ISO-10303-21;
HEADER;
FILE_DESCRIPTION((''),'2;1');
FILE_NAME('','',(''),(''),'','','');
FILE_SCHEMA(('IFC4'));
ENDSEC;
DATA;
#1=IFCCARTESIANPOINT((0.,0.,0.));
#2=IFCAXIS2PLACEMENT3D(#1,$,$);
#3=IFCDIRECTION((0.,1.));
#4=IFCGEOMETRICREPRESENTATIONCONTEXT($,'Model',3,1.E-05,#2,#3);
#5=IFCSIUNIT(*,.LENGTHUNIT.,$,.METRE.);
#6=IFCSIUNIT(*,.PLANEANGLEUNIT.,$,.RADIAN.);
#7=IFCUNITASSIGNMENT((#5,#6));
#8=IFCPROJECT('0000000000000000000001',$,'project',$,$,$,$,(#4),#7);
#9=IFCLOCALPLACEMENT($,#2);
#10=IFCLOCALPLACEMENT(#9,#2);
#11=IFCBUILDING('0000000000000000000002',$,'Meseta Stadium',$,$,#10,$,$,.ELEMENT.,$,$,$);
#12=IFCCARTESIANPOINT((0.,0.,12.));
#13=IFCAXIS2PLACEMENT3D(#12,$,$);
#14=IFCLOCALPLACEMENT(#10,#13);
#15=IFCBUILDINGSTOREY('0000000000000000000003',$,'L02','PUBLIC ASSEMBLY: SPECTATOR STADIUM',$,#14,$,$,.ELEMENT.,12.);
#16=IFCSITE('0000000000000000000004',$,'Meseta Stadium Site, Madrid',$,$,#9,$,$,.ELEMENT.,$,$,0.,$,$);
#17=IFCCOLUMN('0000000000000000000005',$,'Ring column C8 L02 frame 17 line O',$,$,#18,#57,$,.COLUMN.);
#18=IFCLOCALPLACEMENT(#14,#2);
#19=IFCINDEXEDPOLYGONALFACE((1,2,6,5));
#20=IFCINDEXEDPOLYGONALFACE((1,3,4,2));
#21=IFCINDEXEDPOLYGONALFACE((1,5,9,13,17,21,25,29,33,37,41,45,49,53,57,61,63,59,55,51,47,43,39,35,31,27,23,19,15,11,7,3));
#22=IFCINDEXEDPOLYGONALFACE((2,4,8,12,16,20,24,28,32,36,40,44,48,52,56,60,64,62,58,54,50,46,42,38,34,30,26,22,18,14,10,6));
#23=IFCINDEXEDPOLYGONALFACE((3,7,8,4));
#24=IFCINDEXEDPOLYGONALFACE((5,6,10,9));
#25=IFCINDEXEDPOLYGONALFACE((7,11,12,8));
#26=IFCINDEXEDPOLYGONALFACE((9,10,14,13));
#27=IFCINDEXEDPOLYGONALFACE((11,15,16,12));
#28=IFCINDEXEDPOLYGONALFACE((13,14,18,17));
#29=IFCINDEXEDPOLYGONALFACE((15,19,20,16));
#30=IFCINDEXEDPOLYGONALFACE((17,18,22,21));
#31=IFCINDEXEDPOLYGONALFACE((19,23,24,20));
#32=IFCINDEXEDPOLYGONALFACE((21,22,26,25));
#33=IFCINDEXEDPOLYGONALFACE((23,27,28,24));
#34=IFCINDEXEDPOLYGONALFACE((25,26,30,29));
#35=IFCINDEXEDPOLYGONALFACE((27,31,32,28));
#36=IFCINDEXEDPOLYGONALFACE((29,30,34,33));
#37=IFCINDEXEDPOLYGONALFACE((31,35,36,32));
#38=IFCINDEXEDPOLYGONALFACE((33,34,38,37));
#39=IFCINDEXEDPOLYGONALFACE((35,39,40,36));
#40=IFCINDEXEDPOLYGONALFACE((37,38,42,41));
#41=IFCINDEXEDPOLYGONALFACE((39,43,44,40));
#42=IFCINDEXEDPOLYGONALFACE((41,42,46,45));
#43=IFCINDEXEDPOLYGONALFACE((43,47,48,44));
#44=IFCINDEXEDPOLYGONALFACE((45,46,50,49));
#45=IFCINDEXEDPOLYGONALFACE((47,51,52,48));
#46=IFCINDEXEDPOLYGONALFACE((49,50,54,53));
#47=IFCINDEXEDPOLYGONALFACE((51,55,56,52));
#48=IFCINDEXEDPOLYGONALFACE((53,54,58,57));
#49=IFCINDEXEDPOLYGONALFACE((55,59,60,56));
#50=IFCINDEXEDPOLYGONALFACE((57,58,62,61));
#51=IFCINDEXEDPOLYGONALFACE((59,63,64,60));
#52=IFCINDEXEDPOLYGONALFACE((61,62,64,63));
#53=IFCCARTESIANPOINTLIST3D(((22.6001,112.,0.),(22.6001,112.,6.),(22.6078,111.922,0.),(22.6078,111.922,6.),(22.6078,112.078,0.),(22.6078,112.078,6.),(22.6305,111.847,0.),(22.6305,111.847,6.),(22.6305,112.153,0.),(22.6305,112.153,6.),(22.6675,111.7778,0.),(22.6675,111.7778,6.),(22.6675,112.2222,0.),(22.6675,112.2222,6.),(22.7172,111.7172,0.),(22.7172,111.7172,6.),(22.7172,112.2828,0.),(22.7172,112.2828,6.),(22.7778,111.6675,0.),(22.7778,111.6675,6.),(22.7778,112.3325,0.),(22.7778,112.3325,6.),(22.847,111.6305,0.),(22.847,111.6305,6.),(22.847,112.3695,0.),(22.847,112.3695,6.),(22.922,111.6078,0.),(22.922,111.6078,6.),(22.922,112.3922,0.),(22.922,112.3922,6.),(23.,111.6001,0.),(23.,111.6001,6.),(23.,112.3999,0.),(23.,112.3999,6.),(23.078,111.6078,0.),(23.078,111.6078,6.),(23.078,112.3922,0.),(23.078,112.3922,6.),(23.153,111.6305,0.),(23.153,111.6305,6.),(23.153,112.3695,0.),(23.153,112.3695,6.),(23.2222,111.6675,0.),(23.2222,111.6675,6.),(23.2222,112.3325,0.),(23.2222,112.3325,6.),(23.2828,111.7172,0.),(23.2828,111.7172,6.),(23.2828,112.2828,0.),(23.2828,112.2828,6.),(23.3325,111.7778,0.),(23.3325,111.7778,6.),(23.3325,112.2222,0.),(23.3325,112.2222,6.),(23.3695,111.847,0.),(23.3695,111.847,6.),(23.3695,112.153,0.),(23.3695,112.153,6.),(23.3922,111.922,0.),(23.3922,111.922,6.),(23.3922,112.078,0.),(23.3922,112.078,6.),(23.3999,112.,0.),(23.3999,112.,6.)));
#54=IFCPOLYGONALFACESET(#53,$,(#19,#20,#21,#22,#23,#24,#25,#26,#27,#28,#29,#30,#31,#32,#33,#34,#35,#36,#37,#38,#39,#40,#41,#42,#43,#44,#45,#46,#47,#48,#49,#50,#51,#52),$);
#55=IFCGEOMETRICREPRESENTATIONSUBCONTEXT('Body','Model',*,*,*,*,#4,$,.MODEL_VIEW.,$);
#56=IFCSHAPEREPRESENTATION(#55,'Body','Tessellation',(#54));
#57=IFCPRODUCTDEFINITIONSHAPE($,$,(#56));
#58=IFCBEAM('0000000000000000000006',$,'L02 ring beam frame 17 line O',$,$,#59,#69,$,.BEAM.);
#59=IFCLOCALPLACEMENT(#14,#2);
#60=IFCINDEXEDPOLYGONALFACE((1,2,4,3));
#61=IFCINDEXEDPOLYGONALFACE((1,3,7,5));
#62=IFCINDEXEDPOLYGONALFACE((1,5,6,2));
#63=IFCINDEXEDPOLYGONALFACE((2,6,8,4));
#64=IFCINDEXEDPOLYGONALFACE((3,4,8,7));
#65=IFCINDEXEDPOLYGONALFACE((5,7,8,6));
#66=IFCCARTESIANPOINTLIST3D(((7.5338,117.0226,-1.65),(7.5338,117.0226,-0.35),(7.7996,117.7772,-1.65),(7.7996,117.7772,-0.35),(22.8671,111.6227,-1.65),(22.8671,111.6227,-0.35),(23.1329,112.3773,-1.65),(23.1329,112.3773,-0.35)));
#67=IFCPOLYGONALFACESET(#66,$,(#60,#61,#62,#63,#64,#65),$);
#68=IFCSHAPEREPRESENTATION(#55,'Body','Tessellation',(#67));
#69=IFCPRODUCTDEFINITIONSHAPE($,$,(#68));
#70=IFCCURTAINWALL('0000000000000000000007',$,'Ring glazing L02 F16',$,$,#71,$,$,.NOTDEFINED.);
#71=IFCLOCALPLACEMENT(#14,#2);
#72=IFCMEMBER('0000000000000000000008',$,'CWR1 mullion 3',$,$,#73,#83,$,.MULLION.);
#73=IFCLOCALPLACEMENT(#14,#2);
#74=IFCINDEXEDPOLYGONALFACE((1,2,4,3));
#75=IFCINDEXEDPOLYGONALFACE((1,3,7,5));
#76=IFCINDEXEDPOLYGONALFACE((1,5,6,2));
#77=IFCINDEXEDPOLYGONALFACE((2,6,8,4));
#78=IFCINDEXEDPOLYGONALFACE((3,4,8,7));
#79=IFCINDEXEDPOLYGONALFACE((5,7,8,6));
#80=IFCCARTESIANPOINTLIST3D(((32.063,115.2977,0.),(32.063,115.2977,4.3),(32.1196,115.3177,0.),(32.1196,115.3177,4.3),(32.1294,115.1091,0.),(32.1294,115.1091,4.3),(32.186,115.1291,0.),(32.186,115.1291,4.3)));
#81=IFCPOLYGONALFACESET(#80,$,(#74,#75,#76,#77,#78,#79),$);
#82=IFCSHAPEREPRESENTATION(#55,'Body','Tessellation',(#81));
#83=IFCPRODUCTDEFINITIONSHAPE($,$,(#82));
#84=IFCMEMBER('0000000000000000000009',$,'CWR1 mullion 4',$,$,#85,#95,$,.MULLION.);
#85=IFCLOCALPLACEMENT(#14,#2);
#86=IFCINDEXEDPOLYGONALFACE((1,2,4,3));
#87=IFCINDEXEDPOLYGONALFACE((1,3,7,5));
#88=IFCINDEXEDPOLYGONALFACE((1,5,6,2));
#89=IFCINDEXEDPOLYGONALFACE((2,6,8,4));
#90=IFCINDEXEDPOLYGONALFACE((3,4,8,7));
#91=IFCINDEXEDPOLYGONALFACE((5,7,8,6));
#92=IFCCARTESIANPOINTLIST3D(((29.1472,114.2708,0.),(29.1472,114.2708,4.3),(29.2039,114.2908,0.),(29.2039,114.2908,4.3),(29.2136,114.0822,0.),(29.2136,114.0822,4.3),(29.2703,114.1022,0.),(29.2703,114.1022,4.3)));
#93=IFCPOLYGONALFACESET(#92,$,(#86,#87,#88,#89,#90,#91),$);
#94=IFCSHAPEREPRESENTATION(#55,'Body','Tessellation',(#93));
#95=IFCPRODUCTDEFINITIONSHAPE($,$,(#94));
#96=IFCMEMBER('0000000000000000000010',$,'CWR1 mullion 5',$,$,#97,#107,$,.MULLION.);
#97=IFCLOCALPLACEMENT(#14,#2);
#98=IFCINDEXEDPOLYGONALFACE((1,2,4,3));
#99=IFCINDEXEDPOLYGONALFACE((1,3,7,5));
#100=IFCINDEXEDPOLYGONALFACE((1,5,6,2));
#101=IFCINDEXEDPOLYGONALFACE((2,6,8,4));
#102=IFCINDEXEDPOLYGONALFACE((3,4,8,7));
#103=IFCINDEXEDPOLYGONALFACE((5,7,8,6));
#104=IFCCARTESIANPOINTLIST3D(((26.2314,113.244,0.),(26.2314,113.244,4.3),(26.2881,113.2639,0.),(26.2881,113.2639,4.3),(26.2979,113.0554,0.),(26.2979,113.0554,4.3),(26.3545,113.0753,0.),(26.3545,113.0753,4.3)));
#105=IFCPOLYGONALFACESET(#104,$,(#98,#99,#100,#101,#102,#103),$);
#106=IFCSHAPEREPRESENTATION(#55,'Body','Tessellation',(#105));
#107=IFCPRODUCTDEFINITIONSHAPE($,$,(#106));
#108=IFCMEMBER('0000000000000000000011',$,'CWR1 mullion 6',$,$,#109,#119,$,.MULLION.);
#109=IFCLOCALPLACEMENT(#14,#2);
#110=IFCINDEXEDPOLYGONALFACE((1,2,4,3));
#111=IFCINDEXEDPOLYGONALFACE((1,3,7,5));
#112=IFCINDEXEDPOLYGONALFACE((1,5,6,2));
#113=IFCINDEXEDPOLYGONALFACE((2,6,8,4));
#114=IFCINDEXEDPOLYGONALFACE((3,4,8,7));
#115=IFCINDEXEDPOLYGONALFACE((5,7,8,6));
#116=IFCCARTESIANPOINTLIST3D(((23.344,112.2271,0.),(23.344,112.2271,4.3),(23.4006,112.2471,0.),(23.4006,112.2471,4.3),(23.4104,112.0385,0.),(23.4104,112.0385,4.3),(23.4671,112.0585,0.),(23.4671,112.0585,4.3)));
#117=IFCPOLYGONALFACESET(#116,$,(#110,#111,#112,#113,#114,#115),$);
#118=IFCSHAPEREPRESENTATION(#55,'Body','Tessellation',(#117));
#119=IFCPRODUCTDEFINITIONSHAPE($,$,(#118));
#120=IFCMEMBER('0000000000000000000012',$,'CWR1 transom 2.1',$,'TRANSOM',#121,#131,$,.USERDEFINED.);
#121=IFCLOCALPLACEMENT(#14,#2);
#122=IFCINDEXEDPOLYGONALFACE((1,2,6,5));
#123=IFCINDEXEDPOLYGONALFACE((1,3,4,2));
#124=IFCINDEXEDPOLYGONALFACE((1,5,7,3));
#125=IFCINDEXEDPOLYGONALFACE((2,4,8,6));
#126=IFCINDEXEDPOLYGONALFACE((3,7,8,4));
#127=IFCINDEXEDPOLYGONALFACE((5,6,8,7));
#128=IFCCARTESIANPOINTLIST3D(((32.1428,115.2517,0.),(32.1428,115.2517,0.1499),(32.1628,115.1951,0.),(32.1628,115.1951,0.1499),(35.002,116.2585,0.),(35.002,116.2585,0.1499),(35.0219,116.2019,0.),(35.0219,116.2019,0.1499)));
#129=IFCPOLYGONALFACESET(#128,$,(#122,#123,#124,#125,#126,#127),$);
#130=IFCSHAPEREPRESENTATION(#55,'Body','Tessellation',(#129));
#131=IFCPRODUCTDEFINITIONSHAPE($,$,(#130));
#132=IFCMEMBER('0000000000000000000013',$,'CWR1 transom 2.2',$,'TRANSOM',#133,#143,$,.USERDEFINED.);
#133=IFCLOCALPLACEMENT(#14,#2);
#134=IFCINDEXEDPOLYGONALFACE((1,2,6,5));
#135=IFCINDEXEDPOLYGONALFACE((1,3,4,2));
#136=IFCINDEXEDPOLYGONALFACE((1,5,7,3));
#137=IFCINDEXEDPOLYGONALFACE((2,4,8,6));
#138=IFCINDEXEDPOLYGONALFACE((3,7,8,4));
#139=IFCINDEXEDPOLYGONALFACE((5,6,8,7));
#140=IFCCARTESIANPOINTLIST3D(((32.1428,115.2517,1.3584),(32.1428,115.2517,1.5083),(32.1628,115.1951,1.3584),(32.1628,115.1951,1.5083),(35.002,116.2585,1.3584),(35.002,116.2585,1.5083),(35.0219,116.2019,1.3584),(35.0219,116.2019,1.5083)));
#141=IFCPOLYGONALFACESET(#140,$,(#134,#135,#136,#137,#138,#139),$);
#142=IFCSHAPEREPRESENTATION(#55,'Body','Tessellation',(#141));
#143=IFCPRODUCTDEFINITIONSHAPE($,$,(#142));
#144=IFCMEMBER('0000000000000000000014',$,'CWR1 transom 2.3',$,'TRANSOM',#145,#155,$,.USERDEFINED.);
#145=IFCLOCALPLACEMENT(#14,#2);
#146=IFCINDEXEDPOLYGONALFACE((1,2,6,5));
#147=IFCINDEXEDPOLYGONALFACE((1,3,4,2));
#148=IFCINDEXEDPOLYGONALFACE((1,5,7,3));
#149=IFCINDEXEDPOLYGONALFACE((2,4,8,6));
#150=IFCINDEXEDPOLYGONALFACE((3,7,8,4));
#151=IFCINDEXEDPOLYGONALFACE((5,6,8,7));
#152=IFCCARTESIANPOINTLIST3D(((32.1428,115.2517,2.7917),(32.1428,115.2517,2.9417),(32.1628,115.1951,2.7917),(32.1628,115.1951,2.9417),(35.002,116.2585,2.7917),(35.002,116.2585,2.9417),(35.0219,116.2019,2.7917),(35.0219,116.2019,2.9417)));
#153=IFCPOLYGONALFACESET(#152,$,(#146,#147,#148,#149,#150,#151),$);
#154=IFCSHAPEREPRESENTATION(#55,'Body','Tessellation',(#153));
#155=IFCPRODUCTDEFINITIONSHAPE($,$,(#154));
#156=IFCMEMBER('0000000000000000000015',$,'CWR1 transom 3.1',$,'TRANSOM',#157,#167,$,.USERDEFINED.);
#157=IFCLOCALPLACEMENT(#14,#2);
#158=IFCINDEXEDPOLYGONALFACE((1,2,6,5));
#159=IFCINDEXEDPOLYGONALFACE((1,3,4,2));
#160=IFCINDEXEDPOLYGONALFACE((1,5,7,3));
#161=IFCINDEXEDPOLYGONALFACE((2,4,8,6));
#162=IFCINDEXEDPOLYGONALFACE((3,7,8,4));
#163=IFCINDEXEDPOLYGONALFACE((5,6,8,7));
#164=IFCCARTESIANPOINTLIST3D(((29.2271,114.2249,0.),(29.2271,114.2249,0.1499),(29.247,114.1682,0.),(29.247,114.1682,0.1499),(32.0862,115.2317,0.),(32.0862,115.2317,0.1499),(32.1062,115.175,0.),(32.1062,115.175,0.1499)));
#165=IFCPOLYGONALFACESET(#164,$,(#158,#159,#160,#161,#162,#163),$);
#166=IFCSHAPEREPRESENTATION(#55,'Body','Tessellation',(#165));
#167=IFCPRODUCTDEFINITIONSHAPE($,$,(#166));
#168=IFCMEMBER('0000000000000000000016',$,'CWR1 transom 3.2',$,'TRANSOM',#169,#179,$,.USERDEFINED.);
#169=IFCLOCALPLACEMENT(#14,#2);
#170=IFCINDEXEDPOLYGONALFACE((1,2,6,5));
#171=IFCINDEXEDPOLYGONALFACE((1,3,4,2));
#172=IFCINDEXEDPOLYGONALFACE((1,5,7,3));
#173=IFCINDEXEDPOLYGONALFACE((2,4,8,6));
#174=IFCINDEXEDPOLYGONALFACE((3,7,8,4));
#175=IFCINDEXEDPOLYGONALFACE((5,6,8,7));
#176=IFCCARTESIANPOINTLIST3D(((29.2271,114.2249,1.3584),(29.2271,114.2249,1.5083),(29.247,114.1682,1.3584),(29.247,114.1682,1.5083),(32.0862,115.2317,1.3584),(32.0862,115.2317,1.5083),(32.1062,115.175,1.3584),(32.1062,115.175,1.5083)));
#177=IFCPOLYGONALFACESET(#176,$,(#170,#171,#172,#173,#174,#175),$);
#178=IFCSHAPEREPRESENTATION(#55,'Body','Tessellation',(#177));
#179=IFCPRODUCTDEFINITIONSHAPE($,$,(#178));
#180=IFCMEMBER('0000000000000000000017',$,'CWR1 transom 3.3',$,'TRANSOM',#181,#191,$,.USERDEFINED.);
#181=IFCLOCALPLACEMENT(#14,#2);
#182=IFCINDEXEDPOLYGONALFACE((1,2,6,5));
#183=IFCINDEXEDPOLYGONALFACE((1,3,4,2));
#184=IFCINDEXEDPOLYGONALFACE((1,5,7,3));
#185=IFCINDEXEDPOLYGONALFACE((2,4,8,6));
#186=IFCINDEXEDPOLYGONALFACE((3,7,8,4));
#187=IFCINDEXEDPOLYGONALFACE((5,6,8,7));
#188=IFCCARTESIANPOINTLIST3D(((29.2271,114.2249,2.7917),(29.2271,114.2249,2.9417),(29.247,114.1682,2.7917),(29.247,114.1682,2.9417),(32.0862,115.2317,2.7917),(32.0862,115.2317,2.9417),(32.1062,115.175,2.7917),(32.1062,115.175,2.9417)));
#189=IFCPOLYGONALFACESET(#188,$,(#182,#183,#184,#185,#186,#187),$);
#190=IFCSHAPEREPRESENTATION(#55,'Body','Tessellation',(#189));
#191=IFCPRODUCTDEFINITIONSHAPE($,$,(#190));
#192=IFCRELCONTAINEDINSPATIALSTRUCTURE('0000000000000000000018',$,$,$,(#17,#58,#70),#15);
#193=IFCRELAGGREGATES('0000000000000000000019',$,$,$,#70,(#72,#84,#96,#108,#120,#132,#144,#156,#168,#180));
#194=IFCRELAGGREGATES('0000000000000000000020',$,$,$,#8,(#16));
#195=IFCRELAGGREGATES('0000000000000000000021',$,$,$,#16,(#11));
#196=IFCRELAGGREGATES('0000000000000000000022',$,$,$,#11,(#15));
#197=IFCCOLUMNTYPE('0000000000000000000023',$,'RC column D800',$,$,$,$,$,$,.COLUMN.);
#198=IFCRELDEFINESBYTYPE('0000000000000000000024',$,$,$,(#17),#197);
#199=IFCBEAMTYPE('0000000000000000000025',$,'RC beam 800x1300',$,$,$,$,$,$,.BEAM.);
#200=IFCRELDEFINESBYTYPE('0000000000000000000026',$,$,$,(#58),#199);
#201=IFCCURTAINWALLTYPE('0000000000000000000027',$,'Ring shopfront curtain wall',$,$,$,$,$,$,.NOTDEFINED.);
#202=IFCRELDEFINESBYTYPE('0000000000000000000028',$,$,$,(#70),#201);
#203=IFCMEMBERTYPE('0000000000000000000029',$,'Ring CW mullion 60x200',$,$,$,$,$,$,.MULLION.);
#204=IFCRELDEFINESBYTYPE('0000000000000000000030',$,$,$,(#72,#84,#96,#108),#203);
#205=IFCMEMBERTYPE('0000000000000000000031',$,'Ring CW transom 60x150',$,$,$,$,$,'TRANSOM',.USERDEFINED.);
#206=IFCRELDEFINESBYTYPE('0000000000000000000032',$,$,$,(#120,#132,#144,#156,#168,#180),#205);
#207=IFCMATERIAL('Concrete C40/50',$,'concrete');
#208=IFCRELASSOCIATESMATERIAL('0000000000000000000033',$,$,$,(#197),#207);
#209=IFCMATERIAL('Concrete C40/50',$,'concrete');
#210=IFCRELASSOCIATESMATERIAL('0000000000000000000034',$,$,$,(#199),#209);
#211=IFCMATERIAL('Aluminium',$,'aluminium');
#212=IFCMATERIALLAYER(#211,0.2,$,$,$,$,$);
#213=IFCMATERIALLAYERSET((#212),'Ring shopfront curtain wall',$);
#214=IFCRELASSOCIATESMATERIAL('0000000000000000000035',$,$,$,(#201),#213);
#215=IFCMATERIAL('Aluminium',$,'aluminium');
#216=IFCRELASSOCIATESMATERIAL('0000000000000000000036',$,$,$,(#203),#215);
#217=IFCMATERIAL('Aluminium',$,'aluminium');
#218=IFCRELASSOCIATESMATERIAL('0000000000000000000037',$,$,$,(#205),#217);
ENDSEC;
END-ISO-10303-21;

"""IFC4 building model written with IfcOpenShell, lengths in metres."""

from ifc_helpers import new_model, si_unit, direction, frame, origin, origin_2d, place, context, subcontext, project, spatial, rectangle, circle, extrude, material, layer, layer_set, material_profile, profile_set, type_object, element, aggregate, save


model = new_model("IFC4")

# Units and contexts
model_context = context("Model", 3, precision=1e-05, world=origin(), true_north=direction((0.0, 1.0)))
body_context = subcontext(model_context, "Body", "Model", "MODEL_VIEW")
ifc_project = project(units=[si_unit("LENGTHUNIT", "METRE"), si_unit("PLANEANGLEUNIT", "RADIAN")], contexts=[model_context])

# Site, building, storey
site_placement = place(None, origin())
site = spatial("IfcSite", under=ifc_project, at=site_placement, Name="Meseta Stadium Site, Madrid", CompositionType="ELEMENT", RefElevation=0.0)
building_placement = place(site_placement, origin())
building = spatial("IfcBuilding", under=site, at=building_placement, Name="Meseta Stadium", CompositionType="ELEMENT")
storey_placement = place(building_placement, frame((0.0, 0.0, 12.0)))
storey = spatial("IfcBuildingStorey", under=building, at=storey_placement, Name="L02", Description="PUBLIC ASSEMBLY: SPECTATOR STADIUM", CompositionType="ELEMENT", Elevation=12.0)

# Column
ifc_material_1 = material(Name="Concrete C40/50", Category="concrete")
ifc_material_profile_1 = material_profile(ifc_material_1, circle(Radius=0.3999, at=origin_2d()), Name="RC D800")
ifc_profile_set_1 = profile_set([ifc_material_profile_1], Name="Concrete C40/50")
column_type = type_object("IfcColumnType", Name="RC column D800", PredefinedType="COLUMN", material=ifc_profile_set_1)
column_placement = place(storey_placement, frame((23.0, 112.0, 0.0), z_axis=(0.0, 0.0, 1.0), x_axis=(1.0, 0.0, 0.0)))
element("IfcColumn", 1, at=column_placement, inside=storey, type_object=column_type, Name="Ring column C8 L02 frame 17 line O", PredefinedType="COLUMN", context=body_context, shape_type="SweptSolid", body=[
    extrude(circle(Radius=0.3999, at=origin_2d()), origin(), (0.0, 0.0, 1.0), 6.0),
])

# Beam
ifc_material_2 = material(Name="Concrete C40/50", Category="concrete")
ifc_material_profile_2 = material_profile(ifc_material_2, rectangle(XDim=0.8, YDim=1.3, at=origin_2d()), Name="RC 800x1300")
ifc_profile_set_2 = profile_set([ifc_material_profile_2], Name="Concrete C40/50")
beam_type = type_object("IfcBeamType", Name="RC beam 800x1300", PredefinedType="BEAM", material=ifc_profile_set_2)
beam_placement = place(storey_placement, frame((23.0, 112.0, -1.0), z_axis=(-0.943219, 0.332173, 0.0), x_axis=(-0.332173, -0.943219, 0.0)))
element("IfcBeam", 2, at=beam_placement, inside=storey, type_object=beam_type, Name="L02 ring beam frame 17 line O", PredefinedType="BEAM", context=body_context, shape_type="SweptSolid", body=[
    extrude(rectangle(XDim=0.8, YDim=1.3, at=origin_2d()), origin(), (0.0, 0.0, 1.0), 16.2563),
])

# Curtain wall, members
ifc_material_3 = material(Name="Aluminium", Category="aluminium")
ifc_layer_1 = layer(ifc_material_3, 0.2)
ifc_layer_set_1 = layer_set([ifc_layer_1], Name="Ring shopfront curtain wall")
curtain_wall_type = type_object("IfcCurtainWallType", Name="Ring shopfront curtain wall", PredefinedType="NOTDEFINED", material=ifc_layer_set_1)
curtain_wall_placement = place(storey_placement, origin())
curtain_wall = element("IfcCurtainWall", 3, at=curtain_wall_placement, inside=storey, type_object=curtain_wall_type, Name="Ring glazing L02 F16", PredefinedType="NOTDEFINED")
ifc_material_4 = material(Name="Aluminium", Category="aluminium")
ifc_material_profile_3 = material_profile(ifc_material_4, rectangle(XDim=0.2, YDim=0.0601, at=origin_2d()), Name="CW 200x60")
ifc_profile_set_3 = profile_set([ifc_material_profile_3], Name="Aluminium")
member_type_1 = type_object("IfcMemberType", Name="Ring CW mullion 60x200", PredefinedType="MULLION", material=ifc_profile_set_3)
member_1_placement = place(storey_placement, frame((32.1245, 115.2134, 0.0), z_axis=(0.0, 0.0, 1.0), x_axis=(0.332174, -0.943218, 0.0)))
member_1 = element("IfcMember", 4, at=member_1_placement, type_object=member_type_1, Name="CWR1 mullion 3", PredefinedType="MULLION", context=body_context, shape_type="SweptSolid", body=[
    extrude(rectangle(XDim=0.2, YDim=0.0601, at=origin_2d()), origin(), (0.0, 0.0, 1.0), 4.3),
])
member_2_placement = place(storey_placement, frame((29.2087, 114.1865, 0.0), z_axis=(0.0, 0.0, 1.0), x_axis=(0.332174, -0.943218, 0.0)))
member_2 = element("IfcMember", 5, at=member_2_placement, type_object=member_type_1, Name="CWR1 mullion 4", PredefinedType="MULLION", context=body_context, shape_type="SweptSolid", body=[
    extrude(rectangle(XDim=0.2, YDim=0.0601, at=origin_2d()), origin(), (0.0, 0.0, 1.0), 4.3),
])
member_3_placement = place(storey_placement, frame((26.293, 113.1597, 0.0), z_axis=(0.0, 0.0, 1.0), x_axis=(0.332174, -0.943218, 0.0)))
member_3 = element("IfcMember", 6, at=member_3_placement, type_object=member_type_1, Name="CWR1 mullion 5", PredefinedType="MULLION", context=body_context, shape_type="SweptSolid", body=[
    extrude(rectangle(XDim=0.2, YDim=0.0601, at=origin_2d()), origin(), (0.0, 0.0, 1.0), 4.3),
])
member_4_placement = place(storey_placement, frame((23.4055, 112.1428, 0.0), z_axis=(0.0, 0.0, 1.0), x_axis=(0.332174, -0.943218, 0.0)))
member_4 = element("IfcMember", 7, at=member_4_placement, type_object=member_type_1, Name="CWR1 mullion 6", PredefinedType="MULLION", context=body_context, shape_type="SweptSolid", body=[
    extrude(rectangle(XDim=0.2, YDim=0.0601, at=origin_2d()), origin(), (0.0, 0.0, 1.0), 4.3),
])
ifc_material_5 = material(Name="Aluminium", Category="aluminium")
ifc_material_profile_4 = material_profile(ifc_material_5, rectangle(XDim=0.0601, YDim=0.1499, at=origin_2d()), Name="CW 60x150")
ifc_profile_set_4 = profile_set([ifc_material_profile_4], Name="Aluminium")
member_type_2 = type_object("IfcMemberType", Name="Ring CW transom 60x150", ElementType="TRANSOM", PredefinedType="USERDEFINED", material=ifc_profile_set_4)
member_5_placement = place(storey_placement, frame((35.012, 116.2302, 0.075), z_axis=(-0.943225, -0.332154, 0.0), x_axis=(0.332154, -0.943225, 0.0)))
member_5 = element("IfcMember", 8, at=member_5_placement, type_object=member_type_2, Name="CWR1 transom 2.1", ObjectType="TRANSOM", PredefinedType="USERDEFINED", context=body_context, shape_type="SweptSolid", body=[
    extrude(rectangle(XDim=0.0601, YDim=0.1499, at=origin_2d()), origin(), (0.0, 0.0, 1.0), 3.0312),
])
member_6_placement = place(storey_placement, frame((35.012, 116.2302, 1.4333), z_axis=(-0.943225, -0.332154, 0.0), x_axis=(0.332154, -0.943225, 0.0)))
member_6 = element("IfcMember", 9, at=member_6_placement, type_object=member_type_2, Name="CWR1 transom 2.2", ObjectType="TRANSOM", PredefinedType="USERDEFINED", context=body_context, shape_type="SweptSolid", body=[
    extrude(rectangle(XDim=0.0601, YDim=0.1499, at=origin_2d()), origin(), (0.0, 0.0, 1.0), 3.0312),
])
member_7_placement = place(storey_placement, frame((35.012, 116.2302, 2.8667), z_axis=(-0.943225, -0.332154, 0.0), x_axis=(0.332154, -0.943225, 0.0)))
member_7 = element("IfcMember", 10, at=member_7_placement, type_object=member_type_2, Name="CWR1 transom 2.3", ObjectType="TRANSOM", PredefinedType="USERDEFINED", context=body_context, shape_type="SweptSolid", body=[
    extrude(rectangle(XDim=0.0601, YDim=0.1499, at=origin_2d()), origin(), (0.0, 0.0, 1.0), 3.0312),
])
member_8_placement = place(storey_placement, frame((32.0962, 115.2034, 0.075), z_axis=(-0.943225, -0.332154, 0.0), x_axis=(0.332154, -0.943225, 0.0)))
member_8 = element("IfcMember", 11, at=member_8_placement, type_object=member_type_2, Name="CWR1 transom 3.1", ObjectType="TRANSOM", PredefinedType="USERDEFINED", context=body_context, shape_type="SweptSolid", body=[
    extrude(rectangle(XDim=0.0601, YDim=0.1499, at=origin_2d()), origin(), (0.0, 0.0, 1.0), 3.0312),
])
member_9_placement = place(storey_placement, frame((32.0962, 115.2034, 1.4333), z_axis=(-0.943225, -0.332154, 0.0), x_axis=(0.332154, -0.943225, 0.0)))
member_9 = element("IfcMember", 12, at=member_9_placement, type_object=member_type_2, Name="CWR1 transom 3.2", ObjectType="TRANSOM", PredefinedType="USERDEFINED", context=body_context, shape_type="SweptSolid", body=[
    extrude(rectangle(XDim=0.0601, YDim=0.1499, at=origin_2d()), origin(), (0.0, 0.0, 1.0), 3.0312),
])
member_10_placement = place(storey_placement, frame((32.0962, 115.2034, 2.8667), z_axis=(-0.943225, -0.332154, 0.0), x_axis=(0.332154, -0.943225, 0.0)))
member_10 = element("IfcMember", 13, at=member_10_placement, type_object=member_type_2, Name="CWR1 transom 3.3", ObjectType="TRANSOM", PredefinedType="USERDEFINED", context=body_context, shape_type="SweptSolid", body=[
    extrude(rectangle(XDim=0.0601, YDim=0.1499, at=origin_2d()), origin(), (0.0, 0.0, 1.0), 3.0312),
])
aggregate(curtain_wall, [member_1, member_2, member_3, member_4, member_5, member_6, member_7, member_8, member_9, member_10])

save(model, "model.ifc")
